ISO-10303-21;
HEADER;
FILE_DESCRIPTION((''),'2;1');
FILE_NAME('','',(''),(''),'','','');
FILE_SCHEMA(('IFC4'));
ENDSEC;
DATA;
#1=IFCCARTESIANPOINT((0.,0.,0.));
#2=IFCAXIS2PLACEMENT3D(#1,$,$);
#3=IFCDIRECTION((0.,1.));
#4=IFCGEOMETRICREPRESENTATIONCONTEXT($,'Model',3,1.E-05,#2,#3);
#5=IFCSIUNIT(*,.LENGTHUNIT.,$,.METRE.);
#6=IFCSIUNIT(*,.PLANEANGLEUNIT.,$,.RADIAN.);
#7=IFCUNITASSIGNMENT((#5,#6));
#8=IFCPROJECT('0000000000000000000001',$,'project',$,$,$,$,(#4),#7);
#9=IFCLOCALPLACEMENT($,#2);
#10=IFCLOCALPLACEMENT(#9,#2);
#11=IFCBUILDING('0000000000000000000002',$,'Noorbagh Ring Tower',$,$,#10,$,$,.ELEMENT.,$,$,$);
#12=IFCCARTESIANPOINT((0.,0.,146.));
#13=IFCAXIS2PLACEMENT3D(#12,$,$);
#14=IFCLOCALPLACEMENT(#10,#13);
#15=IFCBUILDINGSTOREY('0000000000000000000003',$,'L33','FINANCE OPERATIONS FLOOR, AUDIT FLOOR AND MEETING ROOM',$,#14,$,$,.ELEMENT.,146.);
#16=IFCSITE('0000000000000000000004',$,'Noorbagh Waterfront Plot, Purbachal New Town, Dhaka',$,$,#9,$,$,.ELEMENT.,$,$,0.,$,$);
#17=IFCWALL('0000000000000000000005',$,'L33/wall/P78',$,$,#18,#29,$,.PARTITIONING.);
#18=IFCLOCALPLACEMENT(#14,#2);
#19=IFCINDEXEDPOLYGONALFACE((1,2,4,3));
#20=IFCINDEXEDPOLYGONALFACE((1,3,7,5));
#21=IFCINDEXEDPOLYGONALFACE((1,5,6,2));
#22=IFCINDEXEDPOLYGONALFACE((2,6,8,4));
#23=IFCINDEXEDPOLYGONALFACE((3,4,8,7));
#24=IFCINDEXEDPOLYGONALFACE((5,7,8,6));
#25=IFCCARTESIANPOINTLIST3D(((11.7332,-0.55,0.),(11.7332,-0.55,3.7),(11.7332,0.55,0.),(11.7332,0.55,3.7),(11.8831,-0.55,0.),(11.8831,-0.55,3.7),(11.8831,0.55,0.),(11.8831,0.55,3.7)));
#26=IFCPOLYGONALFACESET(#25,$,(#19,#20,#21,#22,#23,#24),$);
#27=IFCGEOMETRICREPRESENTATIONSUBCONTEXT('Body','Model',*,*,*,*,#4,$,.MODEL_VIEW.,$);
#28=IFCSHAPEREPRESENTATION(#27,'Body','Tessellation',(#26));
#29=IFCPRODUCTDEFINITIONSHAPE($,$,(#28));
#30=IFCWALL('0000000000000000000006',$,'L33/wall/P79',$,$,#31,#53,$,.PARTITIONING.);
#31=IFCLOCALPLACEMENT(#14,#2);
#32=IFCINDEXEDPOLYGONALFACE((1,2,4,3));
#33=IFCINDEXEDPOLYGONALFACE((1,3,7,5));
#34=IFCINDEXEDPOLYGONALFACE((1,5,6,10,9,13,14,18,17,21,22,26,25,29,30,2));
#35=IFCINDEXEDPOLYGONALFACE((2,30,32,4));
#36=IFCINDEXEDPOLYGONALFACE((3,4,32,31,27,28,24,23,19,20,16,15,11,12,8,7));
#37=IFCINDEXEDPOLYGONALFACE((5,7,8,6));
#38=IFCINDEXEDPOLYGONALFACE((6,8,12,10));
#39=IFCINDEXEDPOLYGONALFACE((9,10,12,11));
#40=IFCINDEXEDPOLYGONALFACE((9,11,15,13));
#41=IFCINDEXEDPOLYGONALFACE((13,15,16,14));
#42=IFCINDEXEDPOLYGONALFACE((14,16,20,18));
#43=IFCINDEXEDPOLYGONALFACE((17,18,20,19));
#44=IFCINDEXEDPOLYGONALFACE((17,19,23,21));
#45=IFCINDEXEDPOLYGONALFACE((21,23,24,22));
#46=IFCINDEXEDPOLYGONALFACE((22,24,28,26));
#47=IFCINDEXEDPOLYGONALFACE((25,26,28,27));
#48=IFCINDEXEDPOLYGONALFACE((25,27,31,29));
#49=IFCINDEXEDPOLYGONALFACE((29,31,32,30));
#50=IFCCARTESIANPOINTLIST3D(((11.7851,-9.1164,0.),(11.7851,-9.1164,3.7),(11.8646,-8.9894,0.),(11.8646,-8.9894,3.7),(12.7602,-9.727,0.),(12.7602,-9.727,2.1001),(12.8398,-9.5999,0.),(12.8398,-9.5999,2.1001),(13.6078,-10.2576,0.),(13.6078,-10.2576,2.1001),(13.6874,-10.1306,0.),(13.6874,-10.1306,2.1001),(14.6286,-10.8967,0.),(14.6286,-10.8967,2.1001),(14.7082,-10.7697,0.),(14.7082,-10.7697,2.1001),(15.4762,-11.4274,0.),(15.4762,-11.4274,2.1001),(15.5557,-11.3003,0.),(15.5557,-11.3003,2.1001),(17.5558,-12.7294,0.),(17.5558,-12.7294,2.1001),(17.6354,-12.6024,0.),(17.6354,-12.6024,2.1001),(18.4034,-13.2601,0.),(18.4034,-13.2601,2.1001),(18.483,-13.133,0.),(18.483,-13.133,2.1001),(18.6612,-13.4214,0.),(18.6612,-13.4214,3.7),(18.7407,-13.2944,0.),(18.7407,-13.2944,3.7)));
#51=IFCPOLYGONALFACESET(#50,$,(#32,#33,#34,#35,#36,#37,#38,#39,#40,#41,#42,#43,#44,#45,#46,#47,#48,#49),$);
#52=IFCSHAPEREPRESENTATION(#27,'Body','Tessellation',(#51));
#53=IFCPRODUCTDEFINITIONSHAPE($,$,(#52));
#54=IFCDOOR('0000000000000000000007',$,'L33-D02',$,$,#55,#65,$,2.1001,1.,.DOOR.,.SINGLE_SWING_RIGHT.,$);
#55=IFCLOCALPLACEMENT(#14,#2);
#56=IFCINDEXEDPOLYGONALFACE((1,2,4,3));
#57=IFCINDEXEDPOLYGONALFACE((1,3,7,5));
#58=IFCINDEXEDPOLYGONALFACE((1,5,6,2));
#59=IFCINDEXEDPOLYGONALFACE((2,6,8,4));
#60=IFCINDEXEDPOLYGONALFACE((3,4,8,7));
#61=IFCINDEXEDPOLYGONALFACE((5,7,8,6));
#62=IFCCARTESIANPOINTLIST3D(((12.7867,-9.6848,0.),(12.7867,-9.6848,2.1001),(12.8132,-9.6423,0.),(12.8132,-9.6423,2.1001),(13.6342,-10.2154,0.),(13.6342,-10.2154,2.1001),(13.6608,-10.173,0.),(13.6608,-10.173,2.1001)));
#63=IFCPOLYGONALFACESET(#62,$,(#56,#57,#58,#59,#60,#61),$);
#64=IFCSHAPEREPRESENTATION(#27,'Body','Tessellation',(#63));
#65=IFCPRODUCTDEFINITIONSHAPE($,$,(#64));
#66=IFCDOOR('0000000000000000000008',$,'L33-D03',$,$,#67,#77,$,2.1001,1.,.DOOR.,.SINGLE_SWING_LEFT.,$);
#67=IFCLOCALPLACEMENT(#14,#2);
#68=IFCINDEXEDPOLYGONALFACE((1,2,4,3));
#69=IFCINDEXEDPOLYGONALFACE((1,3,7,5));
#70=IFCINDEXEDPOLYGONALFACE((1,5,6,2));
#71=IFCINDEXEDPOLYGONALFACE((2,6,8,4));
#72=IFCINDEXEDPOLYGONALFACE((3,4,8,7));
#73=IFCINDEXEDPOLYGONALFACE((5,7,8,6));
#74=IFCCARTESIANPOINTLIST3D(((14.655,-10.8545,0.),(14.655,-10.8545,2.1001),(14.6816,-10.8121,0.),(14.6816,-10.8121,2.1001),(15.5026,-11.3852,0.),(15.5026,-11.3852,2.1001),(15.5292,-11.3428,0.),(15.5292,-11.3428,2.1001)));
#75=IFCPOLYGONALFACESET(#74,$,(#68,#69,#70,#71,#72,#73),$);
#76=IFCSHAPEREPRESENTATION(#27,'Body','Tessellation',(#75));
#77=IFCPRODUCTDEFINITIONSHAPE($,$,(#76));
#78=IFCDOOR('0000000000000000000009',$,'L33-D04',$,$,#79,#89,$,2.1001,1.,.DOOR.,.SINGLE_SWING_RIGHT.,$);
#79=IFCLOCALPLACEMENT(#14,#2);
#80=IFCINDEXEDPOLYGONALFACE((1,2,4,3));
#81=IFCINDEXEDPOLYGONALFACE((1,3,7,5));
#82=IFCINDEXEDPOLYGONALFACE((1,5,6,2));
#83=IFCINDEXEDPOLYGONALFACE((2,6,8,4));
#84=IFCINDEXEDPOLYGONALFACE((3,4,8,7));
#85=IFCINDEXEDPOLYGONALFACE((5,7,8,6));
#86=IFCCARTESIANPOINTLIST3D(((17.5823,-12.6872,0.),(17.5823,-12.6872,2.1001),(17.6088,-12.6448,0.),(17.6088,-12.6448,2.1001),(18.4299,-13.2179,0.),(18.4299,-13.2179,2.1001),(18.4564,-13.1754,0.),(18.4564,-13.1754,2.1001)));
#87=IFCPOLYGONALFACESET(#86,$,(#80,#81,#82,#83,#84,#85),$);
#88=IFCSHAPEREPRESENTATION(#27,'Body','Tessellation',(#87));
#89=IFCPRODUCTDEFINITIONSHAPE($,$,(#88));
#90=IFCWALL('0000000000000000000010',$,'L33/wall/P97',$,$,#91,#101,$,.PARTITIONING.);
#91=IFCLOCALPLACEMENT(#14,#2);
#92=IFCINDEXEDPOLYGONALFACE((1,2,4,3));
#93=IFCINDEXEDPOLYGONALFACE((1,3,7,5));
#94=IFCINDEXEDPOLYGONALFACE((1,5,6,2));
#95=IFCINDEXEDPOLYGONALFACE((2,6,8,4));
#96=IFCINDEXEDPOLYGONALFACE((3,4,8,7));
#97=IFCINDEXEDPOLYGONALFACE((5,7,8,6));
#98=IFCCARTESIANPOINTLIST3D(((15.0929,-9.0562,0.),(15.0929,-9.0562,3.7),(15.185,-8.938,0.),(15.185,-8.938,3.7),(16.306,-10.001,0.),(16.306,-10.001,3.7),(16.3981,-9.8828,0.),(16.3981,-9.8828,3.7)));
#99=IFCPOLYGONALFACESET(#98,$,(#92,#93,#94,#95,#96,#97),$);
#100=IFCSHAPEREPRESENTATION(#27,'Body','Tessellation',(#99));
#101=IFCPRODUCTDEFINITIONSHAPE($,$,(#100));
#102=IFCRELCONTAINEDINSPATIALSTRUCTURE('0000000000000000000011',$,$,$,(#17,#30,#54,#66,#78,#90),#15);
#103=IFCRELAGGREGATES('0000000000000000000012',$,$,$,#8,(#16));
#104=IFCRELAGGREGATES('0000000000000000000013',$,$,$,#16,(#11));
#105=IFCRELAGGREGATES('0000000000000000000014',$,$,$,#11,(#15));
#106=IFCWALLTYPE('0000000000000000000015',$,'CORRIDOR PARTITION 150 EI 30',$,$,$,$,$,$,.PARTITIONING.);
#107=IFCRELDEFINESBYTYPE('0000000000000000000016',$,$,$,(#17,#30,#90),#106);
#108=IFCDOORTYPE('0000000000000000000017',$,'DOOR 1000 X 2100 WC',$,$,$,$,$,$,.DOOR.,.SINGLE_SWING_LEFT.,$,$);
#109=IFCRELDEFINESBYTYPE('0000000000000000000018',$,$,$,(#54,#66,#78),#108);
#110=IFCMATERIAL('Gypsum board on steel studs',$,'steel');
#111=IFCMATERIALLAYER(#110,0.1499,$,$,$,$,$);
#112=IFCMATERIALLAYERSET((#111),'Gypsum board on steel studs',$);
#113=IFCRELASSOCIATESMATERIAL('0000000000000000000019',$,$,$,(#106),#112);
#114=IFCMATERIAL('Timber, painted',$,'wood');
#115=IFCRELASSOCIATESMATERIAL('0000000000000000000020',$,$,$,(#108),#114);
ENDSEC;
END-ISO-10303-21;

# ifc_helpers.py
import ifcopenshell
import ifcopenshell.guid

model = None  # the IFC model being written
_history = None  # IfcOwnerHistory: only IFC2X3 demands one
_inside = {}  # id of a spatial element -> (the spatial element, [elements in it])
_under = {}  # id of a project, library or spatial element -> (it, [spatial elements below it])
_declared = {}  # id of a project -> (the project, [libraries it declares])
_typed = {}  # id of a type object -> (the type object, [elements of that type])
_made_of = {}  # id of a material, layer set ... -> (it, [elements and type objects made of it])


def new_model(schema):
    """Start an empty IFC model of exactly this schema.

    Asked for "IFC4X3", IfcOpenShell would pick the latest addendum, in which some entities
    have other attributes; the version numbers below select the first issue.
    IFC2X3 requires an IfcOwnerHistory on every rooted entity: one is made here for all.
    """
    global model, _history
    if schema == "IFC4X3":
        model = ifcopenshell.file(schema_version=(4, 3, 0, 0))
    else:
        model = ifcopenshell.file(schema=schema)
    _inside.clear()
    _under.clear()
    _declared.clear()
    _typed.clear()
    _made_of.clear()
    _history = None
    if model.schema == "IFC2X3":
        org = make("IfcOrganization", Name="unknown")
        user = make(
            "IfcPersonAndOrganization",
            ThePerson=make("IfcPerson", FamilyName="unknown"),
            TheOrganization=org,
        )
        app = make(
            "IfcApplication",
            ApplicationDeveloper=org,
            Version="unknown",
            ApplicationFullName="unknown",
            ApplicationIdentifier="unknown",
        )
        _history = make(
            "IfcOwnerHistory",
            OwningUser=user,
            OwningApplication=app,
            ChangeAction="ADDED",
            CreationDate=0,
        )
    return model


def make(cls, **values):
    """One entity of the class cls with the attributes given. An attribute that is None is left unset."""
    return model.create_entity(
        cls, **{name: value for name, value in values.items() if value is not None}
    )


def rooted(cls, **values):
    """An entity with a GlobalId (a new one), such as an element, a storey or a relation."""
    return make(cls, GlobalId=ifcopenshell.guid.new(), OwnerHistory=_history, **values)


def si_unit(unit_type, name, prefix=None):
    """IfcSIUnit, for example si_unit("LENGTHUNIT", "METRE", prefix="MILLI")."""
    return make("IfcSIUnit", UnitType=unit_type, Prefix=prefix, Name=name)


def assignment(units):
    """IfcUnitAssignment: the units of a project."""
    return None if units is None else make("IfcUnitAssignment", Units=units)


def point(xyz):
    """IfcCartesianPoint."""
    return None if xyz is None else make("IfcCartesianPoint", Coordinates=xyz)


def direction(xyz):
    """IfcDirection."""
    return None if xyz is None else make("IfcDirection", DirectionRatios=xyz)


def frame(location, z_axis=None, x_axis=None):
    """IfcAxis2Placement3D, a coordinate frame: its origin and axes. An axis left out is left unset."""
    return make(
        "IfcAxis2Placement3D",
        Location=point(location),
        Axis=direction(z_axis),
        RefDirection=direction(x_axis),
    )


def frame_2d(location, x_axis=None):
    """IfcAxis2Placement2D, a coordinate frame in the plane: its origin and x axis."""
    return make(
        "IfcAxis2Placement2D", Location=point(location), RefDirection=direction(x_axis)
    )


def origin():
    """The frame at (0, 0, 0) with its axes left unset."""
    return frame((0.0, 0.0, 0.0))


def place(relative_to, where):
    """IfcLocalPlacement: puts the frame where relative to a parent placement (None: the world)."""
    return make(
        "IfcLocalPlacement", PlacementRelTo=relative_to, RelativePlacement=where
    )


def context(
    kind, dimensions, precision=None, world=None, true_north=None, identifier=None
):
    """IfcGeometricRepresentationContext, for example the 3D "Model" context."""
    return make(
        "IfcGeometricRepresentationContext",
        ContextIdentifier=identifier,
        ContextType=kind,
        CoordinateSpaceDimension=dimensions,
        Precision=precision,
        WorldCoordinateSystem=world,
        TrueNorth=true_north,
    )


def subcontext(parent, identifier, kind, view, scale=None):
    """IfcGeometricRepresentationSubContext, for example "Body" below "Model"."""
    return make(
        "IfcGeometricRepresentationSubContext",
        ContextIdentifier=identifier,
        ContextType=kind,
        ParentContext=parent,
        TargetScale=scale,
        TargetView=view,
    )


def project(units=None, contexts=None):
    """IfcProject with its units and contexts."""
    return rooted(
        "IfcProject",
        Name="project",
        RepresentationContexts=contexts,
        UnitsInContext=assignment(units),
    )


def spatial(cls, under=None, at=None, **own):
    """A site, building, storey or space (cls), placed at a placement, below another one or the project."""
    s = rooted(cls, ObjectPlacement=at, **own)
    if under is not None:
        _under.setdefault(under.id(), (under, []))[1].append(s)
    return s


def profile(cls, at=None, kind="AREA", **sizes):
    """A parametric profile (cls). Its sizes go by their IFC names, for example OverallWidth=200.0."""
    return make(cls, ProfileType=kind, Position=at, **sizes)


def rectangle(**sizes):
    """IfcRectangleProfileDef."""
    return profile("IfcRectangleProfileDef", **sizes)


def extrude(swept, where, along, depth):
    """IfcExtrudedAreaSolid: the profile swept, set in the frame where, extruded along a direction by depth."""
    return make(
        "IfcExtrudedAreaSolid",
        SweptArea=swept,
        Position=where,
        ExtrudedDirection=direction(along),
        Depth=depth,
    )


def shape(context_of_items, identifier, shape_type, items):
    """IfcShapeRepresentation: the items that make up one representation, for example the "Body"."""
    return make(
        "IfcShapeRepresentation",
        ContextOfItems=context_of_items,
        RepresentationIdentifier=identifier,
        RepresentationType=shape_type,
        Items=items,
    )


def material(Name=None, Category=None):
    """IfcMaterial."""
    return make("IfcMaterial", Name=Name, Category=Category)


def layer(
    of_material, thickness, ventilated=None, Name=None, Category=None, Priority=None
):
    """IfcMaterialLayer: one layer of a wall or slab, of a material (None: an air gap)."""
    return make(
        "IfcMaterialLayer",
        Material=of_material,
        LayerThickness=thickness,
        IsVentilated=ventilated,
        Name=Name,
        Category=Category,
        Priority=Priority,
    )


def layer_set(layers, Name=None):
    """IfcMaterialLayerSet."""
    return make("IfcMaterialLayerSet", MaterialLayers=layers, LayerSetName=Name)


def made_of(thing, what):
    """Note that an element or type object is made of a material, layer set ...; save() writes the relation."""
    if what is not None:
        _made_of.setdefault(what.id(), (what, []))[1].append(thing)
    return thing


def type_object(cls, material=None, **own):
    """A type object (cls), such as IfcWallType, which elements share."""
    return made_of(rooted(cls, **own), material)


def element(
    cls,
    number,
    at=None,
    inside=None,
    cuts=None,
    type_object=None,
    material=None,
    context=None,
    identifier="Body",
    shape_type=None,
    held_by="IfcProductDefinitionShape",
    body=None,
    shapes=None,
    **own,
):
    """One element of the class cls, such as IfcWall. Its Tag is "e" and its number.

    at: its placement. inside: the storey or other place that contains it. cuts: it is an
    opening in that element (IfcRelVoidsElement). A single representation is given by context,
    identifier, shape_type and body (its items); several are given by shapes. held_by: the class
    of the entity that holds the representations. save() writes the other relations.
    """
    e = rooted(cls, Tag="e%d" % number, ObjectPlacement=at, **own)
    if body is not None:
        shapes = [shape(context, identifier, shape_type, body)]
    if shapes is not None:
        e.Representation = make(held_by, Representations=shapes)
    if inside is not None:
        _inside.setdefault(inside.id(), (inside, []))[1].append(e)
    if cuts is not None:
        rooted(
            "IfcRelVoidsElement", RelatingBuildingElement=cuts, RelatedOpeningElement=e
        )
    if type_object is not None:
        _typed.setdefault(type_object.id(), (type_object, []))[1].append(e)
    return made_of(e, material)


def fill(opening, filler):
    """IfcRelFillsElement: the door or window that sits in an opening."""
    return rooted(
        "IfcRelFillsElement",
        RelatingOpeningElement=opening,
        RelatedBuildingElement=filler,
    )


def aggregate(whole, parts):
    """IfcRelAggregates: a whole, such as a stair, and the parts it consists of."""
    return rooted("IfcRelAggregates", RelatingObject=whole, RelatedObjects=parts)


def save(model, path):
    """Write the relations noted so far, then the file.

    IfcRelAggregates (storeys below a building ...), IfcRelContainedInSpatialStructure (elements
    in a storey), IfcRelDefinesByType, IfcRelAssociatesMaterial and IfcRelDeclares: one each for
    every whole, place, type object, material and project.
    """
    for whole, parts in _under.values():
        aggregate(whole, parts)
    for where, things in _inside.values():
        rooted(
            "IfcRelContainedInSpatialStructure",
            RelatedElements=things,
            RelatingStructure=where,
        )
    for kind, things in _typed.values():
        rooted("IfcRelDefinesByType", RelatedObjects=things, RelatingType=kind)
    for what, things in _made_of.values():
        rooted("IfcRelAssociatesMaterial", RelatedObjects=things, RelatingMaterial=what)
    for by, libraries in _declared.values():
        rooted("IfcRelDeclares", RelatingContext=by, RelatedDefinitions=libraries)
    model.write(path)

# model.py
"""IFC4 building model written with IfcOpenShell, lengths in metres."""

from ifc_helpers import new_model, si_unit, direction, frame, frame_2d, origin, place, context, subcontext, project, spatial, rectangle, extrude, material, layer, layer_set, type_object, element, fill, save


model = new_model("IFC4")

# Units and contexts
model_context = context("Model", 3, precision=1e-05, world=origin(), true_north=direction((0.0, 1.0)))
body_context = subcontext(model_context, "Body", "Model", "MODEL_VIEW")
ifc_project = project(units=[si_unit("LENGTHUNIT", "METRE"), si_unit("PLANEANGLEUNIT", "RADIAN")], contexts=[model_context])

# Site, building, storey
site_placement = place(None, origin())
site = spatial("IfcSite", under=ifc_project, at=site_placement, Name="Noorbagh Waterfront Plot, Purbachal New Town, Dhaka", CompositionType="ELEMENT", RefElevation=0.0)
building_placement = place(site_placement, origin())
building = spatial("IfcBuilding", under=site, at=building_placement, Name="Noorbagh Ring Tower", CompositionType="ELEMENT")
storey_placement = place(building_placement, frame((0.0, 0.0, 146.0)))
storey = spatial("IfcBuildingStorey", under=building, at=storey_placement, Name="L33", Description="FINANCE OPERATIONS FLOOR, AUDIT FLOOR AND MEETING ROOM", CompositionType="ELEMENT", Elevation=146.0)

# Shared definitions
ifc_material_1 = material(Name="Gypsum board on steel studs", Category="steel")
ifc_layer_1 = layer(ifc_material_1, 0.1499)
ifc_layer_set_1 = layer_set([ifc_layer_1], Name="Gypsum board on steel studs")
wall_type_1 = type_object("IfcWallType", Name="CORRIDOR PARTITION 150 EI 30", PredefinedType="PARTITIONING", material=ifc_layer_set_1)

# Wall
wall_1_placement = place(storey_placement, frame((11.8081, -0.55, 0.0), z_axis=(0.0, 0.0, 1.0), x_axis=(0.0, 1.0, 0.0)))
element("IfcWall", 1, at=wall_1_placement, inside=storey, type_object=wall_type_1, Name="L33/wall/P78", PredefinedType="PARTITIONING", context=body_context, shape_type="SweptSolid", body=[
    extrude(rectangle(XDim=1.1001, YDim=0.1499, at=frame_2d((0.55, 0.0))), origin(), (0.0, 0.0, 1.0), 3.7),
])

# Wall, openings, doors
wall_2_placement = place(storey_placement, frame((11.825, -9.053, 0.0), z_axis=(0.0, 0.0, 1.0), x_axis=(0.847586, -0.530659, 0.0)))
wall_2 = element("IfcWall", 2, at=wall_2_placement, inside=storey, type_object=wall_type_1, Name="L33/wall/P79", PredefinedType="PARTITIONING", context=body_context, shape_type="SweptSolid", body=[
    extrude(rectangle(XDim=8.1125, YDim=0.1499, at=frame_2d((4.0562, 0.0))), origin(), (0.0, 0.0, 1.0), 3.7),
])
opening_1_placement = place(wall_2_placement, frame((1.1504, 0.0, 0.0)))
opening_1 = element("IfcOpeningElement", 3, at=opening_1_placement, cuts=wall_2, PredefinedType="OPENING", context=body_context, shape_type="SweptSolid", body=[
    extrude(rectangle(XDim=1.0, YDim=2.1001, at=frame_2d((0.5, 1.05))), frame((0.0, 0.085, 0.0), z_axis=(0.0, -1.0, 0.0), x_axis=(1.0, 0.0, 0.0)), (0.0, 0.0, 1.0), 0.1699),
])
opening_2_placement = place(wall_2_placement, frame((3.3547, 0.0, 0.0)))
opening_2 = element("IfcOpeningElement", 4, at=opening_2_placement, cuts=wall_2, PredefinedType="OPENING", context=body_context, shape_type="SweptSolid", body=[
    extrude(rectangle(XDim=1.0, YDim=2.1001, at=frame_2d((0.5, 1.05))), frame((0.0, 0.085, 0.0), z_axis=(0.0, -1.0, 0.0), x_axis=(1.0, 0.0, 0.0)), (0.0, 0.0, 1.0), 0.1699),
])
opening_3_placement = place(wall_2_placement, frame((6.8083, 0.0, 0.0)))
opening_3 = element("IfcOpeningElement", 5, at=opening_3_placement, cuts=wall_2, PredefinedType="OPENING", context=body_context, shape_type="SweptSolid", body=[
    extrude(rectangle(XDim=1.0, YDim=2.1001, at=frame_2d((0.5, 1.05))), frame((0.0, 0.085, 0.0), z_axis=(0.0, -1.0, 0.0), x_axis=(1.0, 0.0, 0.0)), (0.0, 0.0, 1.0), 0.1699),
])
ifc_material_2 = material(Name="Timber, painted", Category="wood")
door_type_1 = type_object("IfcDoorType", Name="DOOR 1000 X 2100 WC", OperationType="SINGLE_SWING_LEFT", PredefinedType="DOOR", material=ifc_material_2)
door_1_placement = place(opening_1_placement, origin())
door_1 = element("IfcDoor", 6, at=door_1_placement, inside=storey, type_object=door_type_1, Name="L33-D02", OperationType="SINGLE_SWING_RIGHT", OverallHeight=2.1001, OverallWidth=1.0, PredefinedType="DOOR", context=body_context, shape_type="SweptSolid", body=[
    extrude(rectangle(XDim=1.0, YDim=2.1001, at=frame_2d((0.5, 1.05))), frame((0.0, 0.0249, 0.0), z_axis=(0.0, -1.0, 0.0), x_axis=(1.0, 0.0, 0.0)), (0.0, 0.0, 1.0), 0.05),
])
fill(opening_1, door_1)
door_2_placement = place(opening_2_placement, origin())
door_2 = element("IfcDoor", 7, at=door_2_placement, inside=storey, type_object=door_type_1, Name="L33-D03", OperationType="SINGLE_SWING_LEFT", OverallHeight=2.1001, OverallWidth=1.0, PredefinedType="DOOR", context=body_context, shape_type="SweptSolid", body=[
    extrude(rectangle(XDim=1.0, YDim=2.1001, at=frame_2d((0.5, 1.05))), frame((0.0, 0.0249, 0.0), z_axis=(0.0, -1.0, 0.0), x_axis=(1.0, 0.0, 0.0)), (0.0, 0.0, 1.0), 0.05),
])
fill(opening_2, door_2)
door_3_placement = place(opening_3_placement, origin())
door_3 = element("IfcDoor", 8, at=door_3_placement, inside=storey, type_object=door_type_1, Name="L33-D04", OperationType="SINGLE_SWING_RIGHT", OverallHeight=2.1001, OverallWidth=1.0, PredefinedType="DOOR", context=body_context, shape_type="SweptSolid", body=[
    extrude(rectangle(XDim=1.0, YDim=2.1001, at=frame_2d((0.5, 1.05))), frame((0.0, 0.0249, 0.0), z_axis=(0.0, -1.0, 0.0), x_axis=(1.0, 0.0, 0.0)), (0.0, 0.0, 1.0), 0.05),
])
fill(opening_3, door_3)

# Wall
wall_3_placement = place(storey_placement, frame((16.3521, -9.9419, 0.0), z_axis=(0.0, 0.0, 1.0), x_axis=(-0.78895, 0.614457, 0.0)))
element("IfcWall", 9, at=wall_3_placement, inside=storey, type_object=wall_type_1, Name="L33/wall/P97", PredefinedType="PARTITIONING", context=body_context, shape_type="SweptSolid", body=[
    extrude(rectangle(XDim=1.5376, YDim=0.1499, at=frame_2d((0.7688, 0.0))), origin(), (0.0, 0.0, 1.0), 3.7),
])

save(model, "model.ifc")
